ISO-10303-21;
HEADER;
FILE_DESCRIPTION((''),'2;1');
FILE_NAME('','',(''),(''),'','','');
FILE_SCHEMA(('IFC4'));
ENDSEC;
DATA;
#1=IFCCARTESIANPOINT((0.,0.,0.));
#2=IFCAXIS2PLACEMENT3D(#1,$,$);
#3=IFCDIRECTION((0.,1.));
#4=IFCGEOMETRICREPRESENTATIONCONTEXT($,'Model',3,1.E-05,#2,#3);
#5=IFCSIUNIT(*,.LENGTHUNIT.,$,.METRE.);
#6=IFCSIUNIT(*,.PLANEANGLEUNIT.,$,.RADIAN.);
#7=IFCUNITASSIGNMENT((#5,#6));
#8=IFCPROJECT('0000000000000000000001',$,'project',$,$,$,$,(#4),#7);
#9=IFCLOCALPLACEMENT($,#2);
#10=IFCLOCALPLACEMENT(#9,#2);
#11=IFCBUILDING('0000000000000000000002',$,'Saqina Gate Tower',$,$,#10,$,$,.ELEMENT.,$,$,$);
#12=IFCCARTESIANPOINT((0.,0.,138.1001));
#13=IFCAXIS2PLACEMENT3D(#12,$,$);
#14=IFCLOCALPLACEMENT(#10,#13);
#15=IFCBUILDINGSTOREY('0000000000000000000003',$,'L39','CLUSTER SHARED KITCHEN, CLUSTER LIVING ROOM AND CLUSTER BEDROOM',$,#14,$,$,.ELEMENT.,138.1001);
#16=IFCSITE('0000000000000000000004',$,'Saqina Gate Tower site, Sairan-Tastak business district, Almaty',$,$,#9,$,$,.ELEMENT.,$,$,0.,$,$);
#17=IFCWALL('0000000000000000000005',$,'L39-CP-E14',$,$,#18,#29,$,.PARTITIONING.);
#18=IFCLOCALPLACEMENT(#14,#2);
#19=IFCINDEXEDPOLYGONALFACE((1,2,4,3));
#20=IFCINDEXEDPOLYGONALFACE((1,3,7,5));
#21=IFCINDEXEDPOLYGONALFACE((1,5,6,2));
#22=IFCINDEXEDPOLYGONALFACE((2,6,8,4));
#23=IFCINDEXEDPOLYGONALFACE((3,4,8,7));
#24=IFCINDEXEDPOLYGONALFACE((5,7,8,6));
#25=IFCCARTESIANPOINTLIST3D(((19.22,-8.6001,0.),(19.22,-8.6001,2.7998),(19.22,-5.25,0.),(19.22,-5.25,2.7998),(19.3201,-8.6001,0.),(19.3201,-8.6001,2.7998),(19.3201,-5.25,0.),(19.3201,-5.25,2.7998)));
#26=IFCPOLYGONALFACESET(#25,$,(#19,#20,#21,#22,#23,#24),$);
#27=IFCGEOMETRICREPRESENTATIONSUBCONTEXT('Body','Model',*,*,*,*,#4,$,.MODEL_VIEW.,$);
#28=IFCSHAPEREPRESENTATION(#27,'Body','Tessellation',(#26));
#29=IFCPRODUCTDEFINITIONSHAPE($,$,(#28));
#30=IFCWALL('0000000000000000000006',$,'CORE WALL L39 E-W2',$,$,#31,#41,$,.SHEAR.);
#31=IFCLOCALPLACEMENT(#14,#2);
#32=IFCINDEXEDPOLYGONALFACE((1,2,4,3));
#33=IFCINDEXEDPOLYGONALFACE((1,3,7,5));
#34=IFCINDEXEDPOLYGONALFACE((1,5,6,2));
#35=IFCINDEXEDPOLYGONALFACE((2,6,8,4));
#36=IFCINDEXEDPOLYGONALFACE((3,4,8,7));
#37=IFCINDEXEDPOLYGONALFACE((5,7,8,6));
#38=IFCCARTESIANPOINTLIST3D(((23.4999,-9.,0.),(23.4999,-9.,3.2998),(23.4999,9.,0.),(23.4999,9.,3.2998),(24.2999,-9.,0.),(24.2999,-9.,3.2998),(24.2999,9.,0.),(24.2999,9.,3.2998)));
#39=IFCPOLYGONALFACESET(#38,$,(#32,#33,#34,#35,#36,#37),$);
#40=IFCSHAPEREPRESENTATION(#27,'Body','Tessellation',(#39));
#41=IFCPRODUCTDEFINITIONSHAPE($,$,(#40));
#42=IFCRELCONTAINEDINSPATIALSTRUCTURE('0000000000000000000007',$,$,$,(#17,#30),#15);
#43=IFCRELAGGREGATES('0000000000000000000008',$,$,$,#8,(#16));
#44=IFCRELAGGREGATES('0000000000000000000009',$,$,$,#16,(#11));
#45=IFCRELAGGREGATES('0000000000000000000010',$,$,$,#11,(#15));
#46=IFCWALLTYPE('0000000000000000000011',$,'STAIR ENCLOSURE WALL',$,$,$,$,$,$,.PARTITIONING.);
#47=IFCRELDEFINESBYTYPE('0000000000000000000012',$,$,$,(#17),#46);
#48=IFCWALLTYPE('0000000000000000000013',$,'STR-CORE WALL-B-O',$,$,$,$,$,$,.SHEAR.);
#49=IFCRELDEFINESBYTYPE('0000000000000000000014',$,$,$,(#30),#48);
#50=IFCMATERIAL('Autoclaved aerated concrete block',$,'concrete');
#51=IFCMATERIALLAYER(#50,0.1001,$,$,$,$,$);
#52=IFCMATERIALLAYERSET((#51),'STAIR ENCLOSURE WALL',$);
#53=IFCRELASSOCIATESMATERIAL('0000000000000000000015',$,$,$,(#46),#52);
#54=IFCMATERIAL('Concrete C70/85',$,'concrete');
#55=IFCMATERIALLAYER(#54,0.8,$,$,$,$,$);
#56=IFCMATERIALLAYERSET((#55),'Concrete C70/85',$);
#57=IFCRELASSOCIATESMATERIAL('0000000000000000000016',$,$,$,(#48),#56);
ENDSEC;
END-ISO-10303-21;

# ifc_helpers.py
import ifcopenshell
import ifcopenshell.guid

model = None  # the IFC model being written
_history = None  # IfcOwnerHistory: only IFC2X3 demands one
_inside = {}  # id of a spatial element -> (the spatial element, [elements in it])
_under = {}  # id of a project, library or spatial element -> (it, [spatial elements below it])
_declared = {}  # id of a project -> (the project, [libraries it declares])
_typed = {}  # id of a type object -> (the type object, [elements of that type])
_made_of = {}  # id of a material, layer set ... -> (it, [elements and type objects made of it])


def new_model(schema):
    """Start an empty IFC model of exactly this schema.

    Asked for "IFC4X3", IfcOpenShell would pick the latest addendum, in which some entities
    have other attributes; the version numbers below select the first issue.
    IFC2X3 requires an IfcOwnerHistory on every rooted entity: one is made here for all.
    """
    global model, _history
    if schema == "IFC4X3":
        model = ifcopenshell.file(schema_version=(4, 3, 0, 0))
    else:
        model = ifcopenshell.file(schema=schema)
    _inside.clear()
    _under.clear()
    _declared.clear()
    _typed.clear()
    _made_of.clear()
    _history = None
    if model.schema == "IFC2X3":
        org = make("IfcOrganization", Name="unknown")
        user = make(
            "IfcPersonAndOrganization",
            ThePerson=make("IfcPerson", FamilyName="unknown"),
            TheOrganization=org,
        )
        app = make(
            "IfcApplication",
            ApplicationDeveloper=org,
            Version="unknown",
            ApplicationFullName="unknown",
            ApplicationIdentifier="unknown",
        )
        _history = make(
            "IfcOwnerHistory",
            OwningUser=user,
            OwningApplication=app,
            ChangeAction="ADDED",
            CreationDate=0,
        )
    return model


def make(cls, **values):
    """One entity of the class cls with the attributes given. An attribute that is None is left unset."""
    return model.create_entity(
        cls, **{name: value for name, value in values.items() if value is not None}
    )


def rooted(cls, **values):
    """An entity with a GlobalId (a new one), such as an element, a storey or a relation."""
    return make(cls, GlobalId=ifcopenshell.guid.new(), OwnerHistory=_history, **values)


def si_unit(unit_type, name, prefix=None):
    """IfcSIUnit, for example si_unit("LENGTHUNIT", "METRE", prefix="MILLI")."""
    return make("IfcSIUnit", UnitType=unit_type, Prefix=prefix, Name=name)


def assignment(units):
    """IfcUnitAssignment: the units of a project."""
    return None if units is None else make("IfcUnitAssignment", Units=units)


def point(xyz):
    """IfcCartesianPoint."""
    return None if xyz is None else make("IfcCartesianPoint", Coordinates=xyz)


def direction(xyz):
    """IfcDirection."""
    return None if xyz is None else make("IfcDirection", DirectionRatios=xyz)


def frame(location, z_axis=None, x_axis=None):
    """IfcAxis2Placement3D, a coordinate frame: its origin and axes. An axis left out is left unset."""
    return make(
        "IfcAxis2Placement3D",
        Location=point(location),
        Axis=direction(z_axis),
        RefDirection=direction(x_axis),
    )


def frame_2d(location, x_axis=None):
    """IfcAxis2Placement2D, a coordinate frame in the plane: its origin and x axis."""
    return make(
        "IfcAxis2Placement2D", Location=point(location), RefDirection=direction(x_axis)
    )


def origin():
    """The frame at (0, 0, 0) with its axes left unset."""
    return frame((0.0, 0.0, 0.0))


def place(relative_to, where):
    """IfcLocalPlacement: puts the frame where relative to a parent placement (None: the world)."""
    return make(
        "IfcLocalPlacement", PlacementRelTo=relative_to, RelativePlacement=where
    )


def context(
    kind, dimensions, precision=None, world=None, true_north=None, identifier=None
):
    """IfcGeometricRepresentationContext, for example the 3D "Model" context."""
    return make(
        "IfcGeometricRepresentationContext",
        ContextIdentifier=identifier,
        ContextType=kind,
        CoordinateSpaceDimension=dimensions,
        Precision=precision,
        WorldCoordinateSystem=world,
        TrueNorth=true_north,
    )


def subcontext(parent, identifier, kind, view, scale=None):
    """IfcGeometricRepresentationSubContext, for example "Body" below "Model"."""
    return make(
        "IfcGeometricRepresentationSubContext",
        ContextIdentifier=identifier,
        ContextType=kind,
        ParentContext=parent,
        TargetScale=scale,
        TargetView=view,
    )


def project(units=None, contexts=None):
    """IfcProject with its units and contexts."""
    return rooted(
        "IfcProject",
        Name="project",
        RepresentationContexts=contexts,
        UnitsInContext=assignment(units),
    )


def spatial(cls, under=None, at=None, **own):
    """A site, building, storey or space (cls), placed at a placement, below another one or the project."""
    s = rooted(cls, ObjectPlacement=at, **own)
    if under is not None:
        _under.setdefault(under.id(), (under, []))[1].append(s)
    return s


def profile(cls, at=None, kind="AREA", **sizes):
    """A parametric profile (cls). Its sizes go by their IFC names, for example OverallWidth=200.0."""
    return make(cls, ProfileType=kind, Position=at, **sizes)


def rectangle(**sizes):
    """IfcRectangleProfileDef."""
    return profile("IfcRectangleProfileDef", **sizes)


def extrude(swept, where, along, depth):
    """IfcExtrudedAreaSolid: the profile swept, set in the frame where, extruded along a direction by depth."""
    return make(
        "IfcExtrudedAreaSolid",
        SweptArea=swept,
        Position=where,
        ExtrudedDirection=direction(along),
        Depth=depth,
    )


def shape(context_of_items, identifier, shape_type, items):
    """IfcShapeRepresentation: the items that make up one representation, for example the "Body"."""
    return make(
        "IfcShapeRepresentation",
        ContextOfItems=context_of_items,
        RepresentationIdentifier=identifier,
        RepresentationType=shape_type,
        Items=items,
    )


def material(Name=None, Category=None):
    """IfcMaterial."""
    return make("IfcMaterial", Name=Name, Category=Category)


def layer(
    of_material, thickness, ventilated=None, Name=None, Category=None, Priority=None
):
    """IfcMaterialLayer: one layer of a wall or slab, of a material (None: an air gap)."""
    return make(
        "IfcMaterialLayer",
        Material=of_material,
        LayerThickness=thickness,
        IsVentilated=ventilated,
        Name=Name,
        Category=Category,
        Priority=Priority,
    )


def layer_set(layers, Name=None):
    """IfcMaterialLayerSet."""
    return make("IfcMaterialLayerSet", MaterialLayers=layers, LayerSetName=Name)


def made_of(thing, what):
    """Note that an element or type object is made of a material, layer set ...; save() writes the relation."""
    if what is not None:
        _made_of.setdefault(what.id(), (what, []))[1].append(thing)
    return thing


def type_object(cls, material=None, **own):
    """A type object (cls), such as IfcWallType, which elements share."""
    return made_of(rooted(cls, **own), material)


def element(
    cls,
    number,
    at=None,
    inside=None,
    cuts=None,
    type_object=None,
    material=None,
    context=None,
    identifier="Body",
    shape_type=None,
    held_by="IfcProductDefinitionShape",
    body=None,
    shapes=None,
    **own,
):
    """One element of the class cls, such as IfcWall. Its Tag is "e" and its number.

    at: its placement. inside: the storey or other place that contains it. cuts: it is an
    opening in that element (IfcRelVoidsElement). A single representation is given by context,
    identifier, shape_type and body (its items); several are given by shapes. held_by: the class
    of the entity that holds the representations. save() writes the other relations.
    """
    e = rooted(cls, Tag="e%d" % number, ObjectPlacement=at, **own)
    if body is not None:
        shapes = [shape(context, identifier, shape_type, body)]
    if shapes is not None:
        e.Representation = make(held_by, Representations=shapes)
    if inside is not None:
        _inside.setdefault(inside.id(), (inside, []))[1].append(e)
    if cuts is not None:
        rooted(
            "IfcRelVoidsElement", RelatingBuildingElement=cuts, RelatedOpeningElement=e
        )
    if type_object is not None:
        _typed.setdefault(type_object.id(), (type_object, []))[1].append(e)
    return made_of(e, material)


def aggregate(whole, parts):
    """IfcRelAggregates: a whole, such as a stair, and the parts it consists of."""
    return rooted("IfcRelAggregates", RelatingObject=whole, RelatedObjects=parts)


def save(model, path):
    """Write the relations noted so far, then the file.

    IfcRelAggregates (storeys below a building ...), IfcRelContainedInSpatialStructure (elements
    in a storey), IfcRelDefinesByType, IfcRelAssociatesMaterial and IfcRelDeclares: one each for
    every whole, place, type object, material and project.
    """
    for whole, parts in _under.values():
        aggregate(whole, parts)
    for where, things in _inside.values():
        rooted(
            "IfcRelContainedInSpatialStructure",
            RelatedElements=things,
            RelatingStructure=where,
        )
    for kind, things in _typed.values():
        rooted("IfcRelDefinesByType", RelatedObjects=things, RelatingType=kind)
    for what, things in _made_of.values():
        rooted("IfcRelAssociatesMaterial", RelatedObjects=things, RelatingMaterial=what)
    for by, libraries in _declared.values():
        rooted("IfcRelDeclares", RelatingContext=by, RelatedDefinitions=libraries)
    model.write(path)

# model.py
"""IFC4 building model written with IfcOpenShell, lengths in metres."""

from ifc_helpers import new_model, si_unit, direction, frame, frame_2d, origin, place, context, subcontext, project, spatial, rectangle, extrude, material, layer, layer_set, type_object, element, save


model = new_model("IFC4")

# Units and contexts
model_context = context("Model", 3, precision=1e-05, world=origin(), true_north=direction((0.0, 1.0)))
body_context = subcontext(model_context, "Body", "Model", "MODEL_VIEW")
ifc_project = project(units=[si_unit("LENGTHUNIT", "METRE"), si_unit("PLANEANGLEUNIT", "RADIAN")], contexts=[model_context])

# Site, building, storey
site_placement = place(None, origin())
site = spatial("IfcSite", under=ifc_project, at=site_placement, Name="Saqina Gate Tower site, Sairan-Tastak business district, Almaty", CompositionType="ELEMENT", RefElevation=0.0)
building_placement = place(site_placement, origin())
building = spatial("IfcBuilding", under=site, at=building_placement, Name="Saqina Gate Tower", CompositionType="ELEMENT")
storey_placement = place(building_placement, frame((0.0, 0.0, 138.1001)))
storey = spatial("IfcBuildingStorey", under=building, at=storey_placement, Name="L39", Description="CLUSTER SHARED KITCHEN, CLUSTER LIVING ROOM AND CLUSTER BEDROOM", CompositionType="ELEMENT", Elevation=138.1001)

# Walls
ifc_material_1 = material(Name="Autoclaved aerated concrete block", Category="concrete")
ifc_layer_1 = layer(ifc_material_1, 0.1001)
ifc_layer_set_1 = layer_set([ifc_layer_1], Name="STAIR ENCLOSURE WALL")
wall_type_1 = type_object("IfcWallType", Name="STAIR ENCLOSURE WALL", PredefinedType="PARTITIONING", material=ifc_layer_set_1)
wall_1_placement = place(storey_placement, frame((19.27, -8.6001, 0.0), z_axis=(0.0, 0.0, 1.0), x_axis=(0.0, 1.0, 0.0)))
element("IfcWall", 1, at=wall_1_placement, inside=storey, type_object=wall_type_1, Name="L39-CP-E14", PredefinedType="PARTITIONING", context=body_context, shape_type="SweptSolid", body=[
    extrude(rectangle(XDim=3.3501, YDim=0.1001, at=frame_2d((1.675, 0.0))), origin(), (0.0, 0.0, 1.0), 2.7998),
])
ifc_material_2 = material(Name="Concrete C70/85", Category="concrete")
ifc_layer_2 = layer(ifc_material_2, 0.8)
ifc_layer_set_2 = layer_set([ifc_layer_2], Name="Concrete C70/85")
wall_type_2 = type_object("IfcWallType", Name="STR-CORE WALL-B-O", PredefinedType="SHEAR", material=ifc_layer_set_2)
wall_2_placement = place(storey_placement, frame((23.8999, -9.0, 0.0), z_axis=(0.0, 0.0, 1.0), x_axis=(0.0, 1.0, 0.0)))
element("IfcWall", 2, at=wall_2_placement, inside=storey, type_object=wall_type_2, Name="CORE WALL L39 E-W2", PredefinedType="SHEAR", context=body_context, shape_type="SweptSolid", body=[
    extrude(rectangle(XDim=18.0, YDim=0.8, at=frame_2d((9.0, 0.0))), origin(), (0.0, 0.0, 1.0), 3.2998),
])

save(model, "model.ifc")
